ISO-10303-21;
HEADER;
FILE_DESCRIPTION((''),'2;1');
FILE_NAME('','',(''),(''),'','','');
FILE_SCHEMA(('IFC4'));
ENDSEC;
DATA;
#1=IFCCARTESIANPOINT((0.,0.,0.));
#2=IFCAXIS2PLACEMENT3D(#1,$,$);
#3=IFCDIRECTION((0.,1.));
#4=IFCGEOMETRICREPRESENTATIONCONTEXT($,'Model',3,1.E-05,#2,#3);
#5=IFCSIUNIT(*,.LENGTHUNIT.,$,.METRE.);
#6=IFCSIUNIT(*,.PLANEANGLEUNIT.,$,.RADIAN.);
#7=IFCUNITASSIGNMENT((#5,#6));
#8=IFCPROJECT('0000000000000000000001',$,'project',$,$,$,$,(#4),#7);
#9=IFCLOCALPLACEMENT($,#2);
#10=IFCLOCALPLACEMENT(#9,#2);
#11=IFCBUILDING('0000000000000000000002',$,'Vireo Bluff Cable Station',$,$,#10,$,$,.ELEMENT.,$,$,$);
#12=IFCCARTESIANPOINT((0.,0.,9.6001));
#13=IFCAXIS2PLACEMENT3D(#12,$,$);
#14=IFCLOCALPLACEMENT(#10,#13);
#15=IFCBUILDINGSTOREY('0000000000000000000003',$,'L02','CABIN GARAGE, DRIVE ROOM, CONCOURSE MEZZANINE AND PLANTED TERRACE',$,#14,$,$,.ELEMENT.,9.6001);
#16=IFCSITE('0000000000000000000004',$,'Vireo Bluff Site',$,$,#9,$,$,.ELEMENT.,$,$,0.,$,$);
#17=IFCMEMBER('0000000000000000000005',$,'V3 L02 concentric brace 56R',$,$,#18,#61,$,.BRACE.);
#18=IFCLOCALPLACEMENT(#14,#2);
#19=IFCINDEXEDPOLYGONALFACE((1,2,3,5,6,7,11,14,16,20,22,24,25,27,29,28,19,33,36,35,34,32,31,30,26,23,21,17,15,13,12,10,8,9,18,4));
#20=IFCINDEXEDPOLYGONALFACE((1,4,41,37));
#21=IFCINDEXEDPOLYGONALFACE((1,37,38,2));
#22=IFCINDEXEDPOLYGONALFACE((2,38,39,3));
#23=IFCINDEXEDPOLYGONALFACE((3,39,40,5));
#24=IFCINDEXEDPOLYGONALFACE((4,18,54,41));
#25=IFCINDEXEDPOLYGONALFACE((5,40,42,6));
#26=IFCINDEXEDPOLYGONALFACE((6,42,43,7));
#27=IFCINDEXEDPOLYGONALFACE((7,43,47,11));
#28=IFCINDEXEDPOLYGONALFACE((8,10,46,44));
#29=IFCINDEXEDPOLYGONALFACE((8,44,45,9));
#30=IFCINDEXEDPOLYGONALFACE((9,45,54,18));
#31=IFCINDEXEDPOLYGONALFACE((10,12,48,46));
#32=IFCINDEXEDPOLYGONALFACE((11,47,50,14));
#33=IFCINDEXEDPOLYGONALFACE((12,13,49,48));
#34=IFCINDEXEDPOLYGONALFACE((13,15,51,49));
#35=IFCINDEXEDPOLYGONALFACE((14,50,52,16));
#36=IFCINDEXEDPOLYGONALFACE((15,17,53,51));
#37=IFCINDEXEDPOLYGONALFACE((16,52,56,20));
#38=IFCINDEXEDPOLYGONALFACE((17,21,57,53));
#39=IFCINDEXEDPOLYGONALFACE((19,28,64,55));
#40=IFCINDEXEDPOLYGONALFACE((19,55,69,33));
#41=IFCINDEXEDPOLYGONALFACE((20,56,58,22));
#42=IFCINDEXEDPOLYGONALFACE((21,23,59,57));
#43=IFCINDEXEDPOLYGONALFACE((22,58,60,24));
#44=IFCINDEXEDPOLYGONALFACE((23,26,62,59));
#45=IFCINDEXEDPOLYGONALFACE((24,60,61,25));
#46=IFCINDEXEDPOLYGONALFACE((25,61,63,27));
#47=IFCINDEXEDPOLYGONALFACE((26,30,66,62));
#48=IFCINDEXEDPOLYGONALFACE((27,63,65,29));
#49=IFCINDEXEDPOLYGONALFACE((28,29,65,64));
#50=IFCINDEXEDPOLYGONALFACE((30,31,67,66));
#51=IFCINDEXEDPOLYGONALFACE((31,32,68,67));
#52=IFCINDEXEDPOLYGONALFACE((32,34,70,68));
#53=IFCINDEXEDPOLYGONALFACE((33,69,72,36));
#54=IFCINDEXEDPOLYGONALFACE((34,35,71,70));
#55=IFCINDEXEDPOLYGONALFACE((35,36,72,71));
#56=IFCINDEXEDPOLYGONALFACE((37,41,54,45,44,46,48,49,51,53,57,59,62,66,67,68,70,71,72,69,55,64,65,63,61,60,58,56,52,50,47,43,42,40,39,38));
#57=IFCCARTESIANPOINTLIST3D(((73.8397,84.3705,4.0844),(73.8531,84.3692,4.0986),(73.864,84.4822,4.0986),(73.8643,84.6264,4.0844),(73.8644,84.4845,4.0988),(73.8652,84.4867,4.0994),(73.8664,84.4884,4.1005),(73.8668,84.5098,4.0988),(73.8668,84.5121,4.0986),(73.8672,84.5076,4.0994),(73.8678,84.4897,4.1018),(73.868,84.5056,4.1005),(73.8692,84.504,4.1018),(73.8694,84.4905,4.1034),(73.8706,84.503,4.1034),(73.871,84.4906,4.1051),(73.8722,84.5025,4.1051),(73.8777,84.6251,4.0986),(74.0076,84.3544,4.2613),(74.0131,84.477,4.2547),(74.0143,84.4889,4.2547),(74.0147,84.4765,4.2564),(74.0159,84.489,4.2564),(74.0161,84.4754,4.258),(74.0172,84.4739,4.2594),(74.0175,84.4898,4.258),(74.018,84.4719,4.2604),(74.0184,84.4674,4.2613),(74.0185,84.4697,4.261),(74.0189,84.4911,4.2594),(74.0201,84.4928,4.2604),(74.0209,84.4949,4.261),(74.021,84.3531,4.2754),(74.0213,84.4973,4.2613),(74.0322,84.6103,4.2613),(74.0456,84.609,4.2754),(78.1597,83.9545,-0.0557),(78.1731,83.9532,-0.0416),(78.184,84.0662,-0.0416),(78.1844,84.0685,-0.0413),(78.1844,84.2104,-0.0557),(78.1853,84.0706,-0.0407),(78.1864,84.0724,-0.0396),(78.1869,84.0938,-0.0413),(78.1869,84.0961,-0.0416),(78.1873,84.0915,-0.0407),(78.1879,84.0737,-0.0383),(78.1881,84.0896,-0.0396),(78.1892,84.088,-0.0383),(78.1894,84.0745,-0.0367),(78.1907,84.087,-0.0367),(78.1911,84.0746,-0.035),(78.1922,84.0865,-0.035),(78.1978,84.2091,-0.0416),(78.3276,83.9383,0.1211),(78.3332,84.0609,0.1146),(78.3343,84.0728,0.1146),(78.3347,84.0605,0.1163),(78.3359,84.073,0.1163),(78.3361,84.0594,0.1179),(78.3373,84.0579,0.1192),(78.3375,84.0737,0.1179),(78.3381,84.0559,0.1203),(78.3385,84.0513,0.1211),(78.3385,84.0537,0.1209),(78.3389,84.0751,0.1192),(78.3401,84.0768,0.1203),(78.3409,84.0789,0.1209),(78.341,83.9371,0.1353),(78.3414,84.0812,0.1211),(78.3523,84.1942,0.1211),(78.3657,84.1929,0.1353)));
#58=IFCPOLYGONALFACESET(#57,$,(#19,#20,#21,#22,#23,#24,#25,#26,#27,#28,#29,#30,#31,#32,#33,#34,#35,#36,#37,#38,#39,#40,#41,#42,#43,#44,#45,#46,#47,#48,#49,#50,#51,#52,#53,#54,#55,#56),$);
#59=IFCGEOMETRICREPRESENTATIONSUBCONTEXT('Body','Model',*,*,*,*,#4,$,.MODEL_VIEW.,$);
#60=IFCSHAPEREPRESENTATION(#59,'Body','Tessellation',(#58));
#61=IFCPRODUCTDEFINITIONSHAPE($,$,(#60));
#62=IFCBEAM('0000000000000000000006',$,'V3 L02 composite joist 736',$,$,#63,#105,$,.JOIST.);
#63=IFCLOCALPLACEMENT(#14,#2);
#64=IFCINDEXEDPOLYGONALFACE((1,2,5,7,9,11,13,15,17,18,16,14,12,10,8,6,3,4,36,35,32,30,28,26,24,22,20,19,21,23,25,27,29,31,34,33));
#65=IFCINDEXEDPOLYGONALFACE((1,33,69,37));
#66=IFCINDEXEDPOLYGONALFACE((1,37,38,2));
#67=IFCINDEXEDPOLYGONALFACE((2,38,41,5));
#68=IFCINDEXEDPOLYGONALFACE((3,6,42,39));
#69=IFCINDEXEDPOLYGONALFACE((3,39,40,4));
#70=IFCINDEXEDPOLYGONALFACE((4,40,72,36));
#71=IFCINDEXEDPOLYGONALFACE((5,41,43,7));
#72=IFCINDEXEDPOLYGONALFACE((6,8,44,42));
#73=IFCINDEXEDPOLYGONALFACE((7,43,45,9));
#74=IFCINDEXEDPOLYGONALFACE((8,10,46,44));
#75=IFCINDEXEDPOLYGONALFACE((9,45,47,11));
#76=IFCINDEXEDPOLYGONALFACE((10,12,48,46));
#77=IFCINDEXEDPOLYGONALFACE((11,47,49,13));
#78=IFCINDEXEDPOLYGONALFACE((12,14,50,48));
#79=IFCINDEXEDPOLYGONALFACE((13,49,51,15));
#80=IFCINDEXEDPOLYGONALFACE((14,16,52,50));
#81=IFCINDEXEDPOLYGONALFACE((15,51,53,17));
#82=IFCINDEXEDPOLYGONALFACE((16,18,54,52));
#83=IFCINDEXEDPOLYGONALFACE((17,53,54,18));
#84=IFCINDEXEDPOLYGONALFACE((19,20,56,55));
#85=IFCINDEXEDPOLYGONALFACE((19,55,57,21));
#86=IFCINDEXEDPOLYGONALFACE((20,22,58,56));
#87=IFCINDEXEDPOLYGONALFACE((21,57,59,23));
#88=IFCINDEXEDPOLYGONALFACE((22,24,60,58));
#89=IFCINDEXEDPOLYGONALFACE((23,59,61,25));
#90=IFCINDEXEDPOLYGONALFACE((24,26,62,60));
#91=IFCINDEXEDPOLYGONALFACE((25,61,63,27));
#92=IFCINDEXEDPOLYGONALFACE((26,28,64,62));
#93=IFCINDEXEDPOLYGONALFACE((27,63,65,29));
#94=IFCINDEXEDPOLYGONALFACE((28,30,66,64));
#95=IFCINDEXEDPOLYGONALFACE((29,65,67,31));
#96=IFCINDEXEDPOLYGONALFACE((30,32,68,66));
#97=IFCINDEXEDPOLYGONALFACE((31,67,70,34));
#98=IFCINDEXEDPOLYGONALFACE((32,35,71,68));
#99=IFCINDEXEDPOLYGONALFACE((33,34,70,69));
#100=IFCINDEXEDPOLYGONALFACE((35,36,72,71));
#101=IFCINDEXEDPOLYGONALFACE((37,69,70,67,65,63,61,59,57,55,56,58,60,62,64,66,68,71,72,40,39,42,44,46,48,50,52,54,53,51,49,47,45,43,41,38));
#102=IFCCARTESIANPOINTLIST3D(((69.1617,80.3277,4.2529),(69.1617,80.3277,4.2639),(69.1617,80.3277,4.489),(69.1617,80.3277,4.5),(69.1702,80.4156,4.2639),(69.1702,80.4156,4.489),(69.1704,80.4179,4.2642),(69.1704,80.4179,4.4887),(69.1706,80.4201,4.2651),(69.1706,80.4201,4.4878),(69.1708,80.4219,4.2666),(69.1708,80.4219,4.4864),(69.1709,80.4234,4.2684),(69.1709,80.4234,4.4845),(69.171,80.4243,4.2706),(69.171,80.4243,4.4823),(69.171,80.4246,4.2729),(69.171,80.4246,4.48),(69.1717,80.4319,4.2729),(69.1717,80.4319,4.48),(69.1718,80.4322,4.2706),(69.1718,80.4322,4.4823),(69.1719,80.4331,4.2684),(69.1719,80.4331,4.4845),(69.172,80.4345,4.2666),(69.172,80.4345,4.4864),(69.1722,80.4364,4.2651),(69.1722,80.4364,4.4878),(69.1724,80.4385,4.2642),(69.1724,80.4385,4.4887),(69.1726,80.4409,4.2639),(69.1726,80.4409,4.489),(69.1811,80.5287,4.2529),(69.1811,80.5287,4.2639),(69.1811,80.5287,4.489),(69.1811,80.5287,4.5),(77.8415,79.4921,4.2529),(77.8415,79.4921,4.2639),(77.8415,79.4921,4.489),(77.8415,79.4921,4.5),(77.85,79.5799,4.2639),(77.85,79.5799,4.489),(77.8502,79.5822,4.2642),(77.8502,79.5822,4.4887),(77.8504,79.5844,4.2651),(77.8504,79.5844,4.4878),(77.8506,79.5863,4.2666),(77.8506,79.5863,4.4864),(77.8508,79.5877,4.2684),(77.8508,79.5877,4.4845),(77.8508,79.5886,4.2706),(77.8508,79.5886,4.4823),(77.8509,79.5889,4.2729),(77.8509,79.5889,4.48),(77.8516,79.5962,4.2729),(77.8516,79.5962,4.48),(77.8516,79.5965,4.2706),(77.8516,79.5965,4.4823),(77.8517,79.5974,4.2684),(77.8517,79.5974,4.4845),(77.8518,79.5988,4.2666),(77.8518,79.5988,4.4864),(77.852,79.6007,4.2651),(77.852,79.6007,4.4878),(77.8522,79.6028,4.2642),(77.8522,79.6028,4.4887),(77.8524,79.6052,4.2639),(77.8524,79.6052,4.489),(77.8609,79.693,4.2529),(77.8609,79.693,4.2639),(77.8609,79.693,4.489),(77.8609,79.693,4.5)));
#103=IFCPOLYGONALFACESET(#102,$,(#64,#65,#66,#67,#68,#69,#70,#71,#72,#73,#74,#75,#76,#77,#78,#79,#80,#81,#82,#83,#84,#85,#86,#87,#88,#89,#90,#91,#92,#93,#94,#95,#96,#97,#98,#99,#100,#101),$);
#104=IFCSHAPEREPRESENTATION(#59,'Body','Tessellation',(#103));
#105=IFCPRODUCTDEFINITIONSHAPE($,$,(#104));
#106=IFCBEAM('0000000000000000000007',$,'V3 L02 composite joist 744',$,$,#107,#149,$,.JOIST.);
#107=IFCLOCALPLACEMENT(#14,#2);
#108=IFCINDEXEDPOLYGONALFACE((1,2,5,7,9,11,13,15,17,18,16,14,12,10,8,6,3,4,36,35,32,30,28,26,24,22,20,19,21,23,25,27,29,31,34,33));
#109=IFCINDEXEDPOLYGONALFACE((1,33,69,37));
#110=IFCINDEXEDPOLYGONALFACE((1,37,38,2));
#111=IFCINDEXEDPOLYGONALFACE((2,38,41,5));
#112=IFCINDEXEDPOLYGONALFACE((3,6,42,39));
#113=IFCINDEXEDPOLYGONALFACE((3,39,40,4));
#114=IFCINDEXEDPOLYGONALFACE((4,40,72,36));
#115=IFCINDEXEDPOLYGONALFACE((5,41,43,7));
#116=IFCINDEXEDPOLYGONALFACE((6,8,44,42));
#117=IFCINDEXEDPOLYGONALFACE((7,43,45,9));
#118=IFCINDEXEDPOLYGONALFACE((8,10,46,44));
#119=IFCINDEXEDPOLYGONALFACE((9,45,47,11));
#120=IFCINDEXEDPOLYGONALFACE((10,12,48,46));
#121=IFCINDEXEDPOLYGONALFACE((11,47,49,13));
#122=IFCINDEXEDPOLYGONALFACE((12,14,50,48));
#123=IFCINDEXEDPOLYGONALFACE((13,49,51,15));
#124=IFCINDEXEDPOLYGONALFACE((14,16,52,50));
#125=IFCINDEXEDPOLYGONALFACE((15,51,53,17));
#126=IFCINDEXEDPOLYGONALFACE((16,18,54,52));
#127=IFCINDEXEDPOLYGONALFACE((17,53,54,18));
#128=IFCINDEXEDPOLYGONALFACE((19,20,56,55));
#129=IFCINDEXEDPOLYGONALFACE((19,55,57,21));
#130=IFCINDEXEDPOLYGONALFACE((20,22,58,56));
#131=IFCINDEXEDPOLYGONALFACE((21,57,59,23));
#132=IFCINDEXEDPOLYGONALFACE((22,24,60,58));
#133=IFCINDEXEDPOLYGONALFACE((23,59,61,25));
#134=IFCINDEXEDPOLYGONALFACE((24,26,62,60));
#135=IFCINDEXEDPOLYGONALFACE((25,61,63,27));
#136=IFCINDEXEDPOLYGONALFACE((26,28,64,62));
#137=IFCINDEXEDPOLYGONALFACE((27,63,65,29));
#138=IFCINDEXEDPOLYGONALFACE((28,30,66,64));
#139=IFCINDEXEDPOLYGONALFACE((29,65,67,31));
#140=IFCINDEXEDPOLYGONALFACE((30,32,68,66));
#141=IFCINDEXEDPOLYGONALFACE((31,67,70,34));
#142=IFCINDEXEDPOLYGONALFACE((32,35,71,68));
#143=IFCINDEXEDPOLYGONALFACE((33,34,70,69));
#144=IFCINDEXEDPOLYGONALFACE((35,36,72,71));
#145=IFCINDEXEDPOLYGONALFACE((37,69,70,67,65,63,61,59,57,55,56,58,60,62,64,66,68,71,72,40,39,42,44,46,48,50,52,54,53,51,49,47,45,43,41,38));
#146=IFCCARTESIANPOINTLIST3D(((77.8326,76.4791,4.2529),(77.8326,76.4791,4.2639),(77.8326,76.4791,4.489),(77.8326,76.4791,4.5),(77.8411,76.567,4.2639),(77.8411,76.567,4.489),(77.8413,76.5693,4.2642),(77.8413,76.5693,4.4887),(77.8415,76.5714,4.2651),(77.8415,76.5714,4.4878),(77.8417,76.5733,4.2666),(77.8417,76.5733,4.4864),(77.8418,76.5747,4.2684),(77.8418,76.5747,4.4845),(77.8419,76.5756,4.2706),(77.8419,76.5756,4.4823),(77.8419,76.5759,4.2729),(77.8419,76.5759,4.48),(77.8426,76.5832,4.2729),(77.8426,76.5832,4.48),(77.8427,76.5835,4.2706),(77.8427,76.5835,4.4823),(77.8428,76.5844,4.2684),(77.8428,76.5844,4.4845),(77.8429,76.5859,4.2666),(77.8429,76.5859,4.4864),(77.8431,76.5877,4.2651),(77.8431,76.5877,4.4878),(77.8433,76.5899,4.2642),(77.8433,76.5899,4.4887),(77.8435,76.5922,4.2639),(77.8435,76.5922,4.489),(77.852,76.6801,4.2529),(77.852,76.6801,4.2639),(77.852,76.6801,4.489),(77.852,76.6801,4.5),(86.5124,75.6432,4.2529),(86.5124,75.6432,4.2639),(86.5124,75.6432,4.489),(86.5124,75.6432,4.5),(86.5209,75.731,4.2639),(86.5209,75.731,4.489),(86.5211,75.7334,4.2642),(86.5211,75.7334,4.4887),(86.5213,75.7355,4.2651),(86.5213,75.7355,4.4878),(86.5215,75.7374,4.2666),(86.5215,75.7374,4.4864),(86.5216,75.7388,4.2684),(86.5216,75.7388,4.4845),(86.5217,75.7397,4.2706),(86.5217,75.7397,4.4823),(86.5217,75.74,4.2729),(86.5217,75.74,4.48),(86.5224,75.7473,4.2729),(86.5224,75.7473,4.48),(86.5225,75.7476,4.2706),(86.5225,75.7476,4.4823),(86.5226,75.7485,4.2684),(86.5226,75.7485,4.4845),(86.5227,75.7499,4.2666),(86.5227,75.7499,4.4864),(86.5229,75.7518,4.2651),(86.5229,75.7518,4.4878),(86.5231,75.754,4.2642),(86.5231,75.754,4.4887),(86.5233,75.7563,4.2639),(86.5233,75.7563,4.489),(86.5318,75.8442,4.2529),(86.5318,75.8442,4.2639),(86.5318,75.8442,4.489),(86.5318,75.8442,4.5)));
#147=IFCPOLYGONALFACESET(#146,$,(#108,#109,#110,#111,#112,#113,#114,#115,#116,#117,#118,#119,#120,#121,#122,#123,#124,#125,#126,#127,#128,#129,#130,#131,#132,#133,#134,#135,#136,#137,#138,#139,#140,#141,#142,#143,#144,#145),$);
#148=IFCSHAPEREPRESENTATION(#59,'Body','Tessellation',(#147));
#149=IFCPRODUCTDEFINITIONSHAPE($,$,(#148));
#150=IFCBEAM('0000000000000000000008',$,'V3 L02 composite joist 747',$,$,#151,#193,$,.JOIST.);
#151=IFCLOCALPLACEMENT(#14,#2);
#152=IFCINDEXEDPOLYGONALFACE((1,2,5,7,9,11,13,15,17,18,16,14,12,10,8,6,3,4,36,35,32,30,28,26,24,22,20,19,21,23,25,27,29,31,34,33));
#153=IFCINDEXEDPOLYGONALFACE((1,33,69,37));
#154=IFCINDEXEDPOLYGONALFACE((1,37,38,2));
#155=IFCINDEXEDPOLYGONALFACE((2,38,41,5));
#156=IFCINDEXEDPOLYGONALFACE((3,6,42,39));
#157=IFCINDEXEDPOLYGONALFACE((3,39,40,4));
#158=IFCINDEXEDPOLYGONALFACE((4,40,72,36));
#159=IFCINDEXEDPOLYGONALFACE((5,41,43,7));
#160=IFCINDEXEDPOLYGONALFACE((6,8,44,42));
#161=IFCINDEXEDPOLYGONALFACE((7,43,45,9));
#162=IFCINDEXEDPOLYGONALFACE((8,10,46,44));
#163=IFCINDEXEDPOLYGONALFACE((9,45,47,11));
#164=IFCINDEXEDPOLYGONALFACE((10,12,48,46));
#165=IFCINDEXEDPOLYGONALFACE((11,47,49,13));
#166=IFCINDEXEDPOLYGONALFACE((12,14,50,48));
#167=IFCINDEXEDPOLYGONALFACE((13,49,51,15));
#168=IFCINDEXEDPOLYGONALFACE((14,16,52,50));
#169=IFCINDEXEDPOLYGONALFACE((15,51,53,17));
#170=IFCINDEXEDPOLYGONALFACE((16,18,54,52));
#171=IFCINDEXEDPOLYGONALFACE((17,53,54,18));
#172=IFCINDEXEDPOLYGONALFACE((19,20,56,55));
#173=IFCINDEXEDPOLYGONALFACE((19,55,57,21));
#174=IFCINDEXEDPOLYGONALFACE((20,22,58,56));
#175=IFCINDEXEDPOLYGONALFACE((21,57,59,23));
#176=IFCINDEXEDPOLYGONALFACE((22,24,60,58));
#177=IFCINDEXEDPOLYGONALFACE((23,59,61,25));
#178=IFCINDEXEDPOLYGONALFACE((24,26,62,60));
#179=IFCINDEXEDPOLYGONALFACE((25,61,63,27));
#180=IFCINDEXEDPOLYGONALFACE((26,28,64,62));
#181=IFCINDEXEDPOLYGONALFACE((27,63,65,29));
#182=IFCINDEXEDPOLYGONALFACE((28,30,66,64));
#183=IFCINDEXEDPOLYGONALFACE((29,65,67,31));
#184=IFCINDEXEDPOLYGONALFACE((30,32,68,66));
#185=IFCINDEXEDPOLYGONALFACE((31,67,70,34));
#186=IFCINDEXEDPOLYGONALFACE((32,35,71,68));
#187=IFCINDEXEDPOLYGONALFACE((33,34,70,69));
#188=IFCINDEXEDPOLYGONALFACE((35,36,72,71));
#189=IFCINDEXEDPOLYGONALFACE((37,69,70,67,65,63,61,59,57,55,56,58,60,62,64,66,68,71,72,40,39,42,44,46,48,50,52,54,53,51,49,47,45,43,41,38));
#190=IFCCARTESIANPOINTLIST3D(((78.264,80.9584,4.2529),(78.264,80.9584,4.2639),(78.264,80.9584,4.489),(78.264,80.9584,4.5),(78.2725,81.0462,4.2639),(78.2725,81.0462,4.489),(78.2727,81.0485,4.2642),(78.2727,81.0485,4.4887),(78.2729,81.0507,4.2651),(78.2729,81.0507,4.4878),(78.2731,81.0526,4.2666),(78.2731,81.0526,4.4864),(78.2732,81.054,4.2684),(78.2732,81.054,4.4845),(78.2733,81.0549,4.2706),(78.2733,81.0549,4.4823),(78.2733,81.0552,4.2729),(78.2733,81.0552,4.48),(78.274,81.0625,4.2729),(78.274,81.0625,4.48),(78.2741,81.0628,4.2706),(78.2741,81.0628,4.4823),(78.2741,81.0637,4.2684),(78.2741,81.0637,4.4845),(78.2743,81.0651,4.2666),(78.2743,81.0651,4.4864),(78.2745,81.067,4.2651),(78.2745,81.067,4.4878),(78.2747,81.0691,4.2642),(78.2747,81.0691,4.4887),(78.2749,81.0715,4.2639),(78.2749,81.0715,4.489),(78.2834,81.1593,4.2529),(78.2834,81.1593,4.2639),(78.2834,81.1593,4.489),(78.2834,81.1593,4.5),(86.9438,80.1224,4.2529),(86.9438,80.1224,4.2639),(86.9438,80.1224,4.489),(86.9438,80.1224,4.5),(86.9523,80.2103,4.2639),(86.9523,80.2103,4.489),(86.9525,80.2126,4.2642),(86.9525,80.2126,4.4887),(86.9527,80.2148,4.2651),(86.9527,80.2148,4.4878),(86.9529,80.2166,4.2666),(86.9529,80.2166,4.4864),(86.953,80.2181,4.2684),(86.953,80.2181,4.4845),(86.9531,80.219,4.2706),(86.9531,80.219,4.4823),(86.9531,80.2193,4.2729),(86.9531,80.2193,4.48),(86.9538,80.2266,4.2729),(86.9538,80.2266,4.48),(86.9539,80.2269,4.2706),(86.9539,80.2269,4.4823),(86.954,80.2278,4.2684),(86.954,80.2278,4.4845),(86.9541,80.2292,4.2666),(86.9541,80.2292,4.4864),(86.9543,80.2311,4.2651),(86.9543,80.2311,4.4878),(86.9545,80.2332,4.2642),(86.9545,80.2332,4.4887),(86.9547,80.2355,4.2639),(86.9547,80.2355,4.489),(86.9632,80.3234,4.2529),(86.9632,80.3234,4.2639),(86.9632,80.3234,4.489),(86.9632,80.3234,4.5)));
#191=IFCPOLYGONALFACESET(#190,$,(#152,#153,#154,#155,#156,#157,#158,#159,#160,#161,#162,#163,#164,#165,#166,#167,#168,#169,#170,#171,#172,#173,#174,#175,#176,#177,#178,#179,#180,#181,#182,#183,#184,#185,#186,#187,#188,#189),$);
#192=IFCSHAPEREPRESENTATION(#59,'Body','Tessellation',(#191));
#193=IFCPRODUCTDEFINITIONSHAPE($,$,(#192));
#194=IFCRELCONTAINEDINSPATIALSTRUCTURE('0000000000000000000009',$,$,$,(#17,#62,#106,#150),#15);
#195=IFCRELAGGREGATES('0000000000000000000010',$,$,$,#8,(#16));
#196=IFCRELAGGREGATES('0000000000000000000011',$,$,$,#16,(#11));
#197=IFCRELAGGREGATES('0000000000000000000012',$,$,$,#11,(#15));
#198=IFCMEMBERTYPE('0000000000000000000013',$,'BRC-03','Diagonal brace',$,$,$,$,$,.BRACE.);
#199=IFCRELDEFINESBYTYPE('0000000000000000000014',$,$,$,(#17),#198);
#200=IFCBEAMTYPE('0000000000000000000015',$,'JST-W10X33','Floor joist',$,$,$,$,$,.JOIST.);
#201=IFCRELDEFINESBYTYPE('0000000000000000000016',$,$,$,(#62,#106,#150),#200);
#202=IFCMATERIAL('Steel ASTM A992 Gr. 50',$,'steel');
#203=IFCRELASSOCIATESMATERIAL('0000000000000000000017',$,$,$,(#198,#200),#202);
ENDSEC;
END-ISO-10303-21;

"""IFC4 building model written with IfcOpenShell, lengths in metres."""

from ifc_helpers import new_model, si_unit, direction, frame, origin, origin_2d, place, context, subcontext, project, spatial, i_section, extrude, material, material_profile, profile_set, type_object, element, save


model = new_model("IFC4")

# Units and contexts
model_context = context("Model", 3, precision=1e-05, world=origin(), true_north=direction((0.0, 1.0)))
body_context = subcontext(model_context, "Body", "Model", "MODEL_VIEW")
ifc_project = project(units=[si_unit("LENGTHUNIT", "METRE"), si_unit("PLANEANGLEUNIT", "RADIAN")], contexts=[model_context])

# Site, building, storey
site_placement = place(None, origin())
site = spatial("IfcSite", under=ifc_project, at=site_placement, Name="Vireo Bluff Site", CompositionType="ELEMENT", RefElevation=0.0)
building_placement = place(site_placement, origin())
building = spatial("IfcBuilding", under=site, at=building_placement, Name="Vireo Bluff Cable Station", CompositionType="ELEMENT")
storey_placement = place(building_placement, frame((0.0, 0.0, 9.6001)))
storey = spatial("IfcBuildingStorey", under=building, at=storey_placement, Name="L02", Description="CABIN GARAGE, DRIVE ROOM, CONCOURSE MEZZANINE AND PLANTED TERRACE", CompositionType="ELEMENT", Elevation=9.6001)

# Shared definitions
ifc_material_1 = material(Name="Steel ASTM A992 Gr. 50", Category="steel")

# Member
ifc_material_profile_1 = material_profile(ifc_material_1, i_section(OverallWidth=0.2571, OverallDepth=0.2639, WebThickness=0.012, FlangeThickness=0.0195, FilletRadius=0.009, at=origin_2d()), Name="W10X68")
ifc_profile_set_1 = profile_set([ifc_material_profile_1], Name="Steel ASTM A992 Gr. 50")
member_type_1 = type_object("IfcMemberType", Name="BRC-03", Description="Diagonal brace", PredefinedType="BRACE", material=ifc_profile_set_1)
member_1_placement = place(storey_placement, frame((78.2627, 84.0737, 0.0398), z_axis=(-0.720244, 0.069358, 0.690245), x_axis=(-0.095855, -0.995395, 0.0)))
element("IfcMember", 1, at=member_1_placement, inside=storey, type_object=member_type_1, Name="V3 L02 concentric brace 56R", PredefinedType="BRACE", context=body_context, shape_type="SweptSolid", body=[
    extrude(i_section(OverallWidth=0.2571, OverallDepth=0.2639, WebThickness=0.012, FlangeThickness=0.0195, FilletRadius=0.009, at=origin_2d()), origin(), (0.0, 0.0, 1.0), 5.998),
])

# Beams
ifc_material_profile_2 = material_profile(ifc_material_1, i_section(OverallWidth=0.2019, OverallDepth=0.2471, WebThickness=0.0073, FlangeThickness=0.011, FilletRadius=0.009, at=origin_2d()), Name="W10X33")
ifc_profile_set_2 = profile_set([ifc_material_profile_2], Name="Steel ASTM A992 Gr. 50")
beam_type_1 = type_object("IfcBeamType", Name="JST-W10X33", Description="Floor joist", PredefinedType="JOIST", material=ifc_profile_set_2)
for number, where, z_axis, x_axis, name in (
    (2, (69.1714, 80.4282, 4.3765), (0.995397, -0.095836, 0.0), (0.095836, 0.995397, 0.0), "V3 L02 composite joist 736"),
    (3, (77.8423, 76.5796, 4.3765), (0.995395, -0.095863, 0.0), (0.095863, 0.995395, 0.0), "V3 L02 composite joist 744"),
    (4, (78.2737, 81.0588, 4.3765), (0.995395, -0.095863, 0.0), (0.095863, 0.995395, 0.0), "V3 L02 composite joist 747"),
):
    element("IfcBeam", number, at=place(storey_placement, frame(where, z_axis=z_axis, x_axis=x_axis)), inside=storey, type_object=beam_type_1, Name=name, PredefinedType="JOIST", context=body_context, shape_type="SweptSolid", body=[
        extrude(i_section(OverallWidth=0.2019, OverallDepth=0.2471, WebThickness=0.0073, FlangeThickness=0.011, FilletRadius=0.009, at=origin_2d()), origin(), (0.0, 0.0, 1.0), 8.72),
    ])

save(model, "model.ifc")
